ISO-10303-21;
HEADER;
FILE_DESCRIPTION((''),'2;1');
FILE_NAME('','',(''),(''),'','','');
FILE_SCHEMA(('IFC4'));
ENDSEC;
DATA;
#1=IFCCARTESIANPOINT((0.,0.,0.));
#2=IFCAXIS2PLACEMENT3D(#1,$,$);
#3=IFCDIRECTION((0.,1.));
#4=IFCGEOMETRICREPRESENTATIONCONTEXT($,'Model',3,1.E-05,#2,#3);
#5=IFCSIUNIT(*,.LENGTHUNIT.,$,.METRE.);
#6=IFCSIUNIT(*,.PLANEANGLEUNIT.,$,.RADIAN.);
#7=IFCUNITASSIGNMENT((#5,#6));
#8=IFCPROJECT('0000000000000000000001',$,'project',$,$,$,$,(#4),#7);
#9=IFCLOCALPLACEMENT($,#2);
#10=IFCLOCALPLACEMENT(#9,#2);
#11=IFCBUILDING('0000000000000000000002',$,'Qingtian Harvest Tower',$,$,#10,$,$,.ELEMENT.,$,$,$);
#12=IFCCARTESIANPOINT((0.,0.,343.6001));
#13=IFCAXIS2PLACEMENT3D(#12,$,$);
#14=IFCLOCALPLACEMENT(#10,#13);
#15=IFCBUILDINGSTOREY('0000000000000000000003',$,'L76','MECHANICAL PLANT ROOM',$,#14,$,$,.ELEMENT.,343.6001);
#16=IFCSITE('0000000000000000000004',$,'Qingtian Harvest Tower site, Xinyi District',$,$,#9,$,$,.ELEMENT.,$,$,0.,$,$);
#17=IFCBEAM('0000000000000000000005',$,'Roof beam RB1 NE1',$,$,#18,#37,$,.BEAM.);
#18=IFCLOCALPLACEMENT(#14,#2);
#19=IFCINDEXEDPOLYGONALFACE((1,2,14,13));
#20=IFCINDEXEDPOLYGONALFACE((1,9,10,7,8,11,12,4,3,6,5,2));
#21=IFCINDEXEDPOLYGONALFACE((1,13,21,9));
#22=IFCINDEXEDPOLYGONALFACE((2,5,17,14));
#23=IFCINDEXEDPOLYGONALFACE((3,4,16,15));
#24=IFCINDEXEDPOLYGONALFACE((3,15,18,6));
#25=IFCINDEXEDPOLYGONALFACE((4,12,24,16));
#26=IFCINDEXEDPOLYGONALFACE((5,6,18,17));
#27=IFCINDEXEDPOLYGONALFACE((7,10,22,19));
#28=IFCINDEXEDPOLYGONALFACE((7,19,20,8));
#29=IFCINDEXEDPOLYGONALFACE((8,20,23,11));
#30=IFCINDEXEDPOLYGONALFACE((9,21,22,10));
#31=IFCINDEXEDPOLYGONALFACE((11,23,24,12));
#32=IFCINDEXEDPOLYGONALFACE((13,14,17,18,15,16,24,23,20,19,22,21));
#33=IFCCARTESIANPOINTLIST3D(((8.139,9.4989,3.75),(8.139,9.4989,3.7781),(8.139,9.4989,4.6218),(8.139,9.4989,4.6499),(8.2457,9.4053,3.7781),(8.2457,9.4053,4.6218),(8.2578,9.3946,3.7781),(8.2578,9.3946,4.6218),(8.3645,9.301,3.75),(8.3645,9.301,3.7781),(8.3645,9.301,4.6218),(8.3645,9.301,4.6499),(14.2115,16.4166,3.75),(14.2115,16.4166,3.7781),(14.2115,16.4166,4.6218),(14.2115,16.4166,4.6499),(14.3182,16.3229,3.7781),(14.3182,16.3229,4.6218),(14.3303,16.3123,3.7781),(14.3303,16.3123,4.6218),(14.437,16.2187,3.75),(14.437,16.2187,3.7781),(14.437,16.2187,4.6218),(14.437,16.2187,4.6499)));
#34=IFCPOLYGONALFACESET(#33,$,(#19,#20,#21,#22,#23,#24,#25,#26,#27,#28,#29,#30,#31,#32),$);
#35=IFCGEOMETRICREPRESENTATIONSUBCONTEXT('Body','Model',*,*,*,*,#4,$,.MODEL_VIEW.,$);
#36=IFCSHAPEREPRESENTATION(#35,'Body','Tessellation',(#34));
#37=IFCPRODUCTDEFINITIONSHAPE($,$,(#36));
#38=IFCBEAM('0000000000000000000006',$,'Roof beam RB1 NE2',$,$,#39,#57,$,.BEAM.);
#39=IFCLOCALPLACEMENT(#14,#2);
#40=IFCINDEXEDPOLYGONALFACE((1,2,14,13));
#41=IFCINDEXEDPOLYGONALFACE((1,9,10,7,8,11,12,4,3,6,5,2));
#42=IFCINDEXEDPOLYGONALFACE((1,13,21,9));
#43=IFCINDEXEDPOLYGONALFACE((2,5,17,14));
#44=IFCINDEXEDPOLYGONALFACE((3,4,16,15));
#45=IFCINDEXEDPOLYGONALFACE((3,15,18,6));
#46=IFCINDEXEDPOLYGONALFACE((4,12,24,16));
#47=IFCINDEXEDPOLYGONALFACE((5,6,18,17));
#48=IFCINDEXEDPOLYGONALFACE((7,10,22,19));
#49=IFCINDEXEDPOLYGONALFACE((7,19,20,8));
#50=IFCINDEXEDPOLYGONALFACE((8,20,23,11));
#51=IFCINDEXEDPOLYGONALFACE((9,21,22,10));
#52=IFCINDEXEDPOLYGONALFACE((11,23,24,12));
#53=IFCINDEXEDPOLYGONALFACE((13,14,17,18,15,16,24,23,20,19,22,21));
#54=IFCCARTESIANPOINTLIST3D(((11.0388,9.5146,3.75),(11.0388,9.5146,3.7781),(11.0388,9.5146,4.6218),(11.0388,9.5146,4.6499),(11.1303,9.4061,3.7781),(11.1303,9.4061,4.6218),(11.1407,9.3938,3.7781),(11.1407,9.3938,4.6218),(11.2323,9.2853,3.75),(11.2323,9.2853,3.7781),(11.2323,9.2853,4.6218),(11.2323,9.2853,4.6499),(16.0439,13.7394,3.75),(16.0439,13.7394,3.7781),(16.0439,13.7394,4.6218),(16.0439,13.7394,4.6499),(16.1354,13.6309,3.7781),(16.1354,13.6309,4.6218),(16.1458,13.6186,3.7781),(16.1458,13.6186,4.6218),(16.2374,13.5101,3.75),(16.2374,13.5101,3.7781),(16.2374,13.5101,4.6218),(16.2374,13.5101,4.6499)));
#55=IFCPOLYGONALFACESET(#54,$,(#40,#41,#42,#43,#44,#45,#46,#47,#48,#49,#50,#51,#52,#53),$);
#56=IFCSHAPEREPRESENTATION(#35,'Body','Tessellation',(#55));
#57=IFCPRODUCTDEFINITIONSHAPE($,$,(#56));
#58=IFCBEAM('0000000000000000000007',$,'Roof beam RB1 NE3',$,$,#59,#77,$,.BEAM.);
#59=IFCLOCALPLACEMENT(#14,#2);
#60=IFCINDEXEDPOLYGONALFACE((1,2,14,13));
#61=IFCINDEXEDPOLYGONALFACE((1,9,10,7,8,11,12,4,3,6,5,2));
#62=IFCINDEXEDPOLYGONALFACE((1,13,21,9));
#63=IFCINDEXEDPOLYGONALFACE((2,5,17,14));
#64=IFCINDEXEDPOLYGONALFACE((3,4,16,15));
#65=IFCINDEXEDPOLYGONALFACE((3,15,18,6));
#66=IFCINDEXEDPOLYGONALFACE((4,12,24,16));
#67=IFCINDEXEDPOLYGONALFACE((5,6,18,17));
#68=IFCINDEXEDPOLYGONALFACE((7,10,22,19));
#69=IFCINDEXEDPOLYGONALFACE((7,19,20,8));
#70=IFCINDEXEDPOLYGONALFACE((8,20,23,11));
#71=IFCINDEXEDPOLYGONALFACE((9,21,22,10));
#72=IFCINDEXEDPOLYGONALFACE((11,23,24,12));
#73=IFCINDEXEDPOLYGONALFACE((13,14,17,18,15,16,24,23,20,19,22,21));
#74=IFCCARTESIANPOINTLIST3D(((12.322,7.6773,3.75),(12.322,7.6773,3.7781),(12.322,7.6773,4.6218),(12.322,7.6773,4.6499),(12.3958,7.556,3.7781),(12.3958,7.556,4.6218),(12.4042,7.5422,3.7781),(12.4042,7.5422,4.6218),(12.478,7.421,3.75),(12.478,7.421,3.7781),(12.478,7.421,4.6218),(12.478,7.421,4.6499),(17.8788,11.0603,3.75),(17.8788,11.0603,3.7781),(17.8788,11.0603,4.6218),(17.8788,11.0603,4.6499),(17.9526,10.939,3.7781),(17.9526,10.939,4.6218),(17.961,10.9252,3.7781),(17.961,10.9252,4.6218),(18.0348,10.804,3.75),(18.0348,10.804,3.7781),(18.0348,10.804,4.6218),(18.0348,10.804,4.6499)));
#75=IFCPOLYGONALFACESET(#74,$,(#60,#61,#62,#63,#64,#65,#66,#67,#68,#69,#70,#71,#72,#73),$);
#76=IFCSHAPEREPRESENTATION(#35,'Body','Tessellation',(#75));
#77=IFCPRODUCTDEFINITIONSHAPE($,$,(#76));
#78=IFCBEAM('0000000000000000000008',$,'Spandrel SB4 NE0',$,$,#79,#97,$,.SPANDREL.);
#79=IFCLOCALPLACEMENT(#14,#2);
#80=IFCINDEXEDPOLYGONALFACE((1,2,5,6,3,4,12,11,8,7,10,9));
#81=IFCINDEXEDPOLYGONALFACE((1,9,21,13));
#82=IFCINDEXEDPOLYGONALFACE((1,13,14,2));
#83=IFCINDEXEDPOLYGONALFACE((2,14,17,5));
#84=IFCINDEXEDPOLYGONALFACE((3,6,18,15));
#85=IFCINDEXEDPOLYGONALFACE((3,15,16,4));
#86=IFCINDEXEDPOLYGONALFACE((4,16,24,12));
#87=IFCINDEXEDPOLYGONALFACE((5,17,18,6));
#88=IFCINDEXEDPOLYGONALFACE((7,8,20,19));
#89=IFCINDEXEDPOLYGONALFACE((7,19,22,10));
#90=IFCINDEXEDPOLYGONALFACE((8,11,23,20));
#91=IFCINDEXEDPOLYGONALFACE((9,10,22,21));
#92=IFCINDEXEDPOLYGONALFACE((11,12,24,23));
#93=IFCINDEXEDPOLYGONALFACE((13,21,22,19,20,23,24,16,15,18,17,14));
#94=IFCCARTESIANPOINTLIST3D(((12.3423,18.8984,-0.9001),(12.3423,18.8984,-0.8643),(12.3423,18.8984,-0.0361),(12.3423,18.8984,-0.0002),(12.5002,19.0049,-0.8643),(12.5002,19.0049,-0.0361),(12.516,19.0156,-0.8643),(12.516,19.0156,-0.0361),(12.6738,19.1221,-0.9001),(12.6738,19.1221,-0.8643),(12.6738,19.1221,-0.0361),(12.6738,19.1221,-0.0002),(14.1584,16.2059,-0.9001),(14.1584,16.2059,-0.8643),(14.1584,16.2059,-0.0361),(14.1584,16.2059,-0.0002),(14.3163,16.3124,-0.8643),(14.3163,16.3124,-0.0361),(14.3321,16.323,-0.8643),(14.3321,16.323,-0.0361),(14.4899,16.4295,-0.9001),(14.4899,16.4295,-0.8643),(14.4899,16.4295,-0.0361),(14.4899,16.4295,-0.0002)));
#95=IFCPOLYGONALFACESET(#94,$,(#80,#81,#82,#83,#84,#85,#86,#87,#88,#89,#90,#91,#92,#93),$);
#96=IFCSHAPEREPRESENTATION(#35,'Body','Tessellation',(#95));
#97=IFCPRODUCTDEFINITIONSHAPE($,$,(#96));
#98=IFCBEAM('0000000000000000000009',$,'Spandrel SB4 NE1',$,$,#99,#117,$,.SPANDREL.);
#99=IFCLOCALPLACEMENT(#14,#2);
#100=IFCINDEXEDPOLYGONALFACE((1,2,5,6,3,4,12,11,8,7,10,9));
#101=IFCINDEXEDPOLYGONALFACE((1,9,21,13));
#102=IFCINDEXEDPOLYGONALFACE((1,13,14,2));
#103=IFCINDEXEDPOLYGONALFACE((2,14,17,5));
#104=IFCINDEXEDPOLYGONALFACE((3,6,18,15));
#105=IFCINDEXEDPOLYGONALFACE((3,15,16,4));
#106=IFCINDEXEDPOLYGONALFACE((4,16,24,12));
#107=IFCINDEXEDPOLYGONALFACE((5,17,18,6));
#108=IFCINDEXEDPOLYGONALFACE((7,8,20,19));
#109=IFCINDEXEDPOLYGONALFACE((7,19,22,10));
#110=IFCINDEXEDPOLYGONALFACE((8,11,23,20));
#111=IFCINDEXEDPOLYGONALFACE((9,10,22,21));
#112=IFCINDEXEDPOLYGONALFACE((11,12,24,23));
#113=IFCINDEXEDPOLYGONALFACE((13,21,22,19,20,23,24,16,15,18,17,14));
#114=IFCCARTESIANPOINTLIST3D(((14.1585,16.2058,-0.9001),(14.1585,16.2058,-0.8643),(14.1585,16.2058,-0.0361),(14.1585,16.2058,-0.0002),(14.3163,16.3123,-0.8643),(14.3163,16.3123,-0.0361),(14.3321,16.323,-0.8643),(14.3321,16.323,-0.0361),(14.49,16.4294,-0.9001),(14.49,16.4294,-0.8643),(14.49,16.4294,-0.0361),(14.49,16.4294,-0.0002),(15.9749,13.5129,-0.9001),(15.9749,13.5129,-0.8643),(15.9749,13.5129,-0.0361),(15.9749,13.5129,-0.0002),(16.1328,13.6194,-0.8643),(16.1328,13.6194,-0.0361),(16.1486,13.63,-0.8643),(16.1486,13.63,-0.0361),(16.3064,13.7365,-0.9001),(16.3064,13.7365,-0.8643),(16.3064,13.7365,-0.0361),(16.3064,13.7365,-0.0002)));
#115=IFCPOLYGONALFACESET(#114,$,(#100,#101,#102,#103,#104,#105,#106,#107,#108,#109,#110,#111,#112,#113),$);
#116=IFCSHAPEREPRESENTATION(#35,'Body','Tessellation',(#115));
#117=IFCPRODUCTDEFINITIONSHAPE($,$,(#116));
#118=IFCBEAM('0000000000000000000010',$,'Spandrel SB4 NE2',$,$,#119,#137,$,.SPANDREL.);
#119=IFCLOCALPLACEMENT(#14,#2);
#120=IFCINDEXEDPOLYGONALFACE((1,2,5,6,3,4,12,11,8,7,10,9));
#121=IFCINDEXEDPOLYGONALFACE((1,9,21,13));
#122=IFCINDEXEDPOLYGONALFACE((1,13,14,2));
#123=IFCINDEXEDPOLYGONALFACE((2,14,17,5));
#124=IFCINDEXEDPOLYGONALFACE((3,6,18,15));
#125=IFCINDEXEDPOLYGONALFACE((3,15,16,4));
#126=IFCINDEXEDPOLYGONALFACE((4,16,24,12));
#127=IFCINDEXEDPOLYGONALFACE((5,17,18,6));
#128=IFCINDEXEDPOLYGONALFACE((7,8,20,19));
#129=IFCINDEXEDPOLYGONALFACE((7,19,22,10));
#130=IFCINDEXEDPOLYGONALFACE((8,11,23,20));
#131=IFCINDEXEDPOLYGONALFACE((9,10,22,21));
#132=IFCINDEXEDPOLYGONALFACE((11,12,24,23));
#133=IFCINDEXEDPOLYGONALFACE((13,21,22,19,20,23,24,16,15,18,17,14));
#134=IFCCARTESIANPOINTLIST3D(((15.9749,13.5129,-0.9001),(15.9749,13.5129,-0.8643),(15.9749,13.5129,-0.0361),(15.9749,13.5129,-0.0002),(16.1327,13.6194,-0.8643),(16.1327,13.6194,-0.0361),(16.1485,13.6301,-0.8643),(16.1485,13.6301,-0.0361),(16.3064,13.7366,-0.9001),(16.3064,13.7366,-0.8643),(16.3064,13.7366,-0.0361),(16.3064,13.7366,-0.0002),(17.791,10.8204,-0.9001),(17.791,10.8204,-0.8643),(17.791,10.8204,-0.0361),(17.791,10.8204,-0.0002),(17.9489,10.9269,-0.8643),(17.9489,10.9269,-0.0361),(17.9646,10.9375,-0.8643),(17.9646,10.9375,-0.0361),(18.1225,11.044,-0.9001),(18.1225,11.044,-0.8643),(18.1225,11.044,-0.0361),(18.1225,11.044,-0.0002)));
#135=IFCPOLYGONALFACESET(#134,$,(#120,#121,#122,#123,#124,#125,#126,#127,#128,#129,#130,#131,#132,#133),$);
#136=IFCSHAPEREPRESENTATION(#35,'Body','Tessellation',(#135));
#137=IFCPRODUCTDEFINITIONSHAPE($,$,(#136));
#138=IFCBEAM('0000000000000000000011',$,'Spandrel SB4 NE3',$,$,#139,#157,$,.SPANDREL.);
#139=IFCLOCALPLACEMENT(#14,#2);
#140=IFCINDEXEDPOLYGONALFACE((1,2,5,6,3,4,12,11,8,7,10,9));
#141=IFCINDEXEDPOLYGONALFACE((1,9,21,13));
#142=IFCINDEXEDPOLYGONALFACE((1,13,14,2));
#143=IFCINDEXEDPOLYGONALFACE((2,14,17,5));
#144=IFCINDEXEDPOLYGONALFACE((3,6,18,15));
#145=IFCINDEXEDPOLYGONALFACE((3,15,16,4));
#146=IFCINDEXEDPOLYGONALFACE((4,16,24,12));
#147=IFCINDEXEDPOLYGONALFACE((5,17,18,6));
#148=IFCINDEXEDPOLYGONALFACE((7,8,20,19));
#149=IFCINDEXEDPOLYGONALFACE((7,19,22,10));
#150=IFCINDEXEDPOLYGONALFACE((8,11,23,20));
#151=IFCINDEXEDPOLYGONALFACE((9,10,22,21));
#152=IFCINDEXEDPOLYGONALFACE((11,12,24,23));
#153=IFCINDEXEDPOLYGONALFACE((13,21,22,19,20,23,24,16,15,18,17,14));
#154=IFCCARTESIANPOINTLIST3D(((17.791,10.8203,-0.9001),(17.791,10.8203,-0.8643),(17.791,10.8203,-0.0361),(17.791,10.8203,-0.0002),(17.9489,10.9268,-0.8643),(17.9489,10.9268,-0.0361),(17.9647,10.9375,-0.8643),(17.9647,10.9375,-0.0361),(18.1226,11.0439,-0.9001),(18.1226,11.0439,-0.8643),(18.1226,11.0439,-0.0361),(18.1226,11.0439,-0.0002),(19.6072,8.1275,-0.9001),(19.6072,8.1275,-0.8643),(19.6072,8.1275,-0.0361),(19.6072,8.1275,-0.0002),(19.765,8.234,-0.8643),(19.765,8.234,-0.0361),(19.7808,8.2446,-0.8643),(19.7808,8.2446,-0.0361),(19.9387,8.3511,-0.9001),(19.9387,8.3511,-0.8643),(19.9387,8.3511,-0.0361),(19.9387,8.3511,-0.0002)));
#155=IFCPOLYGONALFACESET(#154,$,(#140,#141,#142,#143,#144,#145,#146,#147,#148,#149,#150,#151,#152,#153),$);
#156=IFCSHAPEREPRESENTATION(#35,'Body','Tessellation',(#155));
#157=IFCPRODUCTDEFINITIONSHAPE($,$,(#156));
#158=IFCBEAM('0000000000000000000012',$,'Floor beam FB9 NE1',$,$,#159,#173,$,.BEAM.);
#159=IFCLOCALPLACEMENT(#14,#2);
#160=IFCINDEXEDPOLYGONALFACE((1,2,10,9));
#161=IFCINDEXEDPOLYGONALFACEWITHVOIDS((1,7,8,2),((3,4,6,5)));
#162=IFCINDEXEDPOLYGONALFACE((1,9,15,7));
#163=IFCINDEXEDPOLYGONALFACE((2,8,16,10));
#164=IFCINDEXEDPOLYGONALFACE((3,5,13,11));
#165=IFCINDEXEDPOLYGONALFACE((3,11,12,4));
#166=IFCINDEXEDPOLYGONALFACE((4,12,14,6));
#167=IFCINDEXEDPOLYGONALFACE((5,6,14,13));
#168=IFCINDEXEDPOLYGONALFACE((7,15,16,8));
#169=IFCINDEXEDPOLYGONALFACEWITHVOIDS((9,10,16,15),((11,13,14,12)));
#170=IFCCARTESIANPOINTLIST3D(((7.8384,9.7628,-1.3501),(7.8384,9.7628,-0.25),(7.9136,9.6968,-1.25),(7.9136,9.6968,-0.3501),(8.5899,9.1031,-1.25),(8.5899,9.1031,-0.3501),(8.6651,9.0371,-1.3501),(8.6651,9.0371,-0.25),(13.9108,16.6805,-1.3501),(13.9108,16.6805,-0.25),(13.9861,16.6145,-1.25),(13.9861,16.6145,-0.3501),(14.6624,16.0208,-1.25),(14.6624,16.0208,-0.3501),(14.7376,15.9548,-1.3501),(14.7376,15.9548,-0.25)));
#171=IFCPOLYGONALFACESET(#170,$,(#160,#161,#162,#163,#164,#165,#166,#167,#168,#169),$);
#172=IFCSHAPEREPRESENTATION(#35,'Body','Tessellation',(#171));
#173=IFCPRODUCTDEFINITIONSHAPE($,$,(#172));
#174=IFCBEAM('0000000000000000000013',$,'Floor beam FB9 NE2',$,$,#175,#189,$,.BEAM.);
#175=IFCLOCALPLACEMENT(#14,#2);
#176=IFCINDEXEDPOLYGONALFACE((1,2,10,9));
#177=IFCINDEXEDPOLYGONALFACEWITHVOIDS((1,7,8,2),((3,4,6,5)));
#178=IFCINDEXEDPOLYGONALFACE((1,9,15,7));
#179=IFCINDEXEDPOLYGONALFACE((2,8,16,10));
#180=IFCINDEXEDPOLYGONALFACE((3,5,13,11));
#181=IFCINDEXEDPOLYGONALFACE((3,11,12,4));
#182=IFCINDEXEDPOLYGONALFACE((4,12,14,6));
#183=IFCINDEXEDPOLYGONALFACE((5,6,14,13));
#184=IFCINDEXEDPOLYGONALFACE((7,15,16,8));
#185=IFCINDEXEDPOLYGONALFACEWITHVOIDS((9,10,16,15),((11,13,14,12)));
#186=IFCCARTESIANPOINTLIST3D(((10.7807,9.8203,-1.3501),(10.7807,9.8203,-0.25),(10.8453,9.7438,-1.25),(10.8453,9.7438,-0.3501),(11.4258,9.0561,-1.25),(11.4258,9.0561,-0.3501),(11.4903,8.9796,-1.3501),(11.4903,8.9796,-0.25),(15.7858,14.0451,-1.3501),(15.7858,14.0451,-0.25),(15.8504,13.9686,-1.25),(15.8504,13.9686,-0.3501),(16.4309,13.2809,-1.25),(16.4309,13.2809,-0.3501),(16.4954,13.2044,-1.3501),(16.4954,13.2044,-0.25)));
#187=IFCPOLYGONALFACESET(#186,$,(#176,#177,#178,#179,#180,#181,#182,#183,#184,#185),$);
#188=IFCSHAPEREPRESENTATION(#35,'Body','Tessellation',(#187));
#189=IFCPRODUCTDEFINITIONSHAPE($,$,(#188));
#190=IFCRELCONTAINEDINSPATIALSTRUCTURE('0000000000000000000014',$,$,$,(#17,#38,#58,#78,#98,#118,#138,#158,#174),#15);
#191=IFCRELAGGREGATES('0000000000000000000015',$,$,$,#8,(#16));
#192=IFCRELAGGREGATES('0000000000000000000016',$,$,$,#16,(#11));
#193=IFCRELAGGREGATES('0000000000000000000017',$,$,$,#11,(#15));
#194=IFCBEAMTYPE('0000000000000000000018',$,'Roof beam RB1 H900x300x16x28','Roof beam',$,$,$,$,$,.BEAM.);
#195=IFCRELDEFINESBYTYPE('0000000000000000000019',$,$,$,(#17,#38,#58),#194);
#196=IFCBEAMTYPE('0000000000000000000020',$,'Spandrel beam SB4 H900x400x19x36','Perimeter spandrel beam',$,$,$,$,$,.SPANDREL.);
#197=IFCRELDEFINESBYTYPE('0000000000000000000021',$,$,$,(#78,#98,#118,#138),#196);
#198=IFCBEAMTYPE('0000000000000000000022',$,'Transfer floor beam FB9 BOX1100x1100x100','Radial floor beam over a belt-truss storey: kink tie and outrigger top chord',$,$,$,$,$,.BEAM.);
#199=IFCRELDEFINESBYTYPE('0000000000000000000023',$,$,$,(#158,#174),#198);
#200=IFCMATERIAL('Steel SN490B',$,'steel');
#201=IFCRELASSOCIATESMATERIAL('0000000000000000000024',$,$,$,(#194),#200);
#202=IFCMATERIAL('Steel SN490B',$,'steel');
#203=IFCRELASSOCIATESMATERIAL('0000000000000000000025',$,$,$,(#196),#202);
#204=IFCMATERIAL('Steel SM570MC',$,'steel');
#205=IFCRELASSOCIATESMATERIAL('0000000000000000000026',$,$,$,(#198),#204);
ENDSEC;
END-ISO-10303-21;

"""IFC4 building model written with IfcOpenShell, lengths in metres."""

from ifc_helpers import new_model, si_unit, direction, frame, origin, origin_2d, place, context, subcontext, project, spatial, hollow_rectangle, i_section, extrude, material, material_profile, profile_set, type_object, element, save


model = new_model("IFC4")

# Units and contexts
model_context = context("Model", 3, precision=1e-05, world=origin(), true_north=direction((0.0, 1.0)))
body_context = subcontext(model_context, "Body", "Model", "MODEL_VIEW")
ifc_project = project(units=[si_unit("LENGTHUNIT", "METRE"), si_unit("PLANEANGLEUNIT", "RADIAN")], contexts=[model_context])

# Site, building, storey
site_placement = place(None, origin())
site = spatial("IfcSite", under=ifc_project, at=site_placement, Name="Qingtian Harvest Tower site, Xinyi District", CompositionType="ELEMENT", RefElevation=0.0)
building_placement = place(site_placement, origin())
building = spatial("IfcBuilding", under=site, at=building_placement, Name="Qingtian Harvest Tower", CompositionType="ELEMENT")
storey_placement = place(building_placement, frame((0.0, 0.0, 343.6001)))
storey = spatial("IfcBuildingStorey", under=building, at=storey_placement, Name="L76", Description="MECHANICAL PLANT ROOM", CompositionType="ELEMENT", Elevation=343.6001)

# Beams
ifc_material_1 = material(Name="Steel SN490B", Category="steel")
ifc_material_profile_1 = material_profile(ifc_material_1, i_section(OverallWidth=0.3, OverallDepth=0.8999, WebThickness=0.0161, FlangeThickness=0.0281, at=origin_2d()), Name="H900x300x16x28")
ifc_profile_set_1 = profile_set([ifc_material_profile_1], Name="Steel SN490B")
beam_type_1 = type_object("IfcBeamType", Name="Roof beam RB1 H900x300x16x28", Description="Roof beam", PredefinedType="BEAM", material=ifc_profile_set_1)
beam_1_placement = place(storey_placement, frame((14.3242, 16.3176, 4.2), z_axis=(-0.659704, -0.751526, 0.0), x_axis=(0.751526, -0.659704, 0.0)))
element("IfcBeam", 1, at=beam_1_placement, inside=storey, type_object=beam_type_1, Name="Roof beam RB1 NE1", PredefinedType="BEAM", context=body_context, shape_type="SweptSolid", body=[
    extrude(i_section(OverallWidth=0.3, OverallDepth=0.8999, WebThickness=0.0161, FlangeThickness=0.0281, at=origin_2d()), origin(), (0.0, 0.0, 1.0), 9.2048),
])
beam_2_placement = place(storey_placement, frame((16.1406, 13.6248, 4.2), z_axis=(-0.764158, -0.645029, 0.0), x_axis=(0.645029, -0.764158, 0.0)))
element("IfcBeam", 2, at=beam_2_placement, inside=storey, type_object=beam_type_1, Name="Roof beam RB1 NE2", PredefinedType="BEAM", context=body_context, shape_type="SweptSolid", body=[
    extrude(i_section(OverallWidth=0.3, OverallDepth=0.8999, WebThickness=0.0161, FlangeThickness=0.0281, at=origin_2d()), origin(), (0.0, 0.0, 1.0), 6.5498),
])
beam_3_placement = place(storey_placement, frame((17.9568, 10.9321, 4.2), z_axis=(-0.854157, -0.520015, 0.0), x_axis=(0.520015, -0.854157, 0.0)))
element("IfcBeam", 3, at=beam_3_placement, inside=storey, type_object=beam_type_1, Name="Roof beam RB1 NE3", PredefinedType="BEAM", context=body_context, shape_type="SweptSolid", body=[
    extrude(i_section(OverallWidth=0.3, OverallDepth=0.8999, WebThickness=0.0161, FlangeThickness=0.0281, at=origin_2d()), origin(), (0.0, 0.0, 1.0), 6.5056),
])
ifc_material_2 = material(Name="Steel SN490B", Category="steel")
ifc_material_profile_2 = material_profile(ifc_material_2, i_section(OverallWidth=0.3999, OverallDepth=0.8999, WebThickness=0.019, FlangeThickness=0.0359, at=origin_2d()), Name="H900x400x19x36")
ifc_profile_set_2 = profile_set([ifc_material_profile_2], Name="Steel SN490B")
beam_type_2 = type_object("IfcBeamType", Name="Spandrel beam SB4 H900x400x19x36", Description="Perimeter spandrel beam", PredefinedType="SPANDREL", material=ifc_profile_set_2)
beam_4_placement = place(storey_placement, frame((12.5081, 19.0103, -0.4502), z_axis=(0.559185, -0.829043, 0.0), x_axis=(0.829043, 0.559185, 0.0)))
element("IfcBeam", 4, at=beam_4_placement, inside=storey, type_object=beam_type_2, Name="Spandrel SB4 NE0", PredefinedType="SPANDREL", context=body_context, shape_type="SweptSolid", body=[
    extrude(i_section(OverallWidth=0.3999, OverallDepth=0.8999, WebThickness=0.019, FlangeThickness=0.0359, at=origin_2d()), origin(), (0.0, 0.0, 1.0), 3.2478),
])
beam_5_placement = place(storey_placement, frame((14.3242, 16.3176, -0.4502), z_axis=(0.559202, -0.829032, 0.0), x_axis=(0.829032, 0.559202, 0.0)))
element("IfcBeam", 5, at=beam_5_placement, inside=storey, type_object=beam_type_2, Name="Spandrel SB4 NE1", PredefinedType="SPANDREL", context=body_context, shape_type="SweptSolid", body=[
    extrude(i_section(OverallWidth=0.3999, OverallDepth=0.8999, WebThickness=0.019, FlangeThickness=0.0359, at=origin_2d()), origin(), (0.0, 0.0, 1.0), 3.2483),
])
beam_6_placement = place(storey_placement, frame((16.1406, 13.6248, -0.4502), z_axis=(0.559185, -0.829043, 0.0), x_axis=(0.829043, 0.559185, 0.0)))
element("IfcBeam", 6, at=beam_6_placement, inside=storey, type_object=beam_type_2, Name="Spandrel SB4 NE2", PredefinedType="SPANDREL", context=body_context, shape_type="SweptSolid", body=[
    extrude(i_section(OverallWidth=0.3999, OverallDepth=0.8999, WebThickness=0.019, FlangeThickness=0.0359, at=origin_2d()), origin(), (0.0, 0.0, 1.0), 3.2478),
])
beam_7_placement = place(storey_placement, frame((17.9568, 10.9321, -0.4502), z_axis=(0.55915, -0.829066, 0.0), x_axis=(0.829066, 0.55915, 0.0)))
element("IfcBeam", 7, at=beam_7_placement, inside=storey, type_object=beam_type_2, Name="Spandrel SB4 NE3", PredefinedType="SPANDREL", context=body_context, shape_type="SweptSolid", body=[
    extrude(i_section(OverallWidth=0.3999, OverallDepth=0.8999, WebThickness=0.019, FlangeThickness=0.0359, at=origin_2d()), origin(), (0.0, 0.0, 1.0), 3.248),
])
ifc_material_3 = material(Name="Steel SM570MC", Category="steel")
ifc_material_profile_3 = material_profile(ifc_material_3, hollow_rectangle(XDim=1.1001, YDim=1.1001, WallThickness=0.1001, at=origin_2d()), Name="BOX1100x1100x100")
ifc_profile_set_3 = profile_set([ifc_material_profile_3], Name="Steel SM570MC")
beam_type_3 = type_object("IfcBeamType", Name="Transfer floor beam FB9 BOX1100x1100x100", Description="Radial floor beam over a belt-truss storey: kink tie and outrigger top chord", PredefinedType="BEAM", material=ifc_profile_set_3)
beam_8_placement = place(storey_placement, frame((14.3242, 16.3176, -0.8), z_axis=(-0.659704, -0.751526, 0.0), x_axis=(0.751526, -0.659704, 0.0)))
element("IfcBeam", 8, at=beam_8_placement, inside=storey, type_object=beam_type_3, Name="Floor beam FB9 NE1", PredefinedType="BEAM", context=body_context, shape_type="SweptSolid", body=[
    extrude(hollow_rectangle(XDim=1.1001, YDim=1.1001, WallThickness=0.1001, at=origin_2d()), origin(), (0.0, 0.0, 1.0), 9.2048),
])
beam_9_placement = place(storey_placement, frame((16.1406, 13.6248, -0.8), z_axis=(-0.764158, -0.645029, 0.0), x_axis=(0.645029, -0.764158, 0.0)))
element("IfcBeam", 9, at=beam_9_placement, inside=storey, type_object=beam_type_3, Name="Floor beam FB9 NE2", PredefinedType="BEAM", context=body_context, shape_type="SweptSolid", body=[
    extrude(hollow_rectangle(XDim=1.1001, YDim=1.1001, WallThickness=0.1001, at=origin_2d()), origin(), (0.0, 0.0, 1.0), 6.5498),
])

save(model, "model.ifc")
